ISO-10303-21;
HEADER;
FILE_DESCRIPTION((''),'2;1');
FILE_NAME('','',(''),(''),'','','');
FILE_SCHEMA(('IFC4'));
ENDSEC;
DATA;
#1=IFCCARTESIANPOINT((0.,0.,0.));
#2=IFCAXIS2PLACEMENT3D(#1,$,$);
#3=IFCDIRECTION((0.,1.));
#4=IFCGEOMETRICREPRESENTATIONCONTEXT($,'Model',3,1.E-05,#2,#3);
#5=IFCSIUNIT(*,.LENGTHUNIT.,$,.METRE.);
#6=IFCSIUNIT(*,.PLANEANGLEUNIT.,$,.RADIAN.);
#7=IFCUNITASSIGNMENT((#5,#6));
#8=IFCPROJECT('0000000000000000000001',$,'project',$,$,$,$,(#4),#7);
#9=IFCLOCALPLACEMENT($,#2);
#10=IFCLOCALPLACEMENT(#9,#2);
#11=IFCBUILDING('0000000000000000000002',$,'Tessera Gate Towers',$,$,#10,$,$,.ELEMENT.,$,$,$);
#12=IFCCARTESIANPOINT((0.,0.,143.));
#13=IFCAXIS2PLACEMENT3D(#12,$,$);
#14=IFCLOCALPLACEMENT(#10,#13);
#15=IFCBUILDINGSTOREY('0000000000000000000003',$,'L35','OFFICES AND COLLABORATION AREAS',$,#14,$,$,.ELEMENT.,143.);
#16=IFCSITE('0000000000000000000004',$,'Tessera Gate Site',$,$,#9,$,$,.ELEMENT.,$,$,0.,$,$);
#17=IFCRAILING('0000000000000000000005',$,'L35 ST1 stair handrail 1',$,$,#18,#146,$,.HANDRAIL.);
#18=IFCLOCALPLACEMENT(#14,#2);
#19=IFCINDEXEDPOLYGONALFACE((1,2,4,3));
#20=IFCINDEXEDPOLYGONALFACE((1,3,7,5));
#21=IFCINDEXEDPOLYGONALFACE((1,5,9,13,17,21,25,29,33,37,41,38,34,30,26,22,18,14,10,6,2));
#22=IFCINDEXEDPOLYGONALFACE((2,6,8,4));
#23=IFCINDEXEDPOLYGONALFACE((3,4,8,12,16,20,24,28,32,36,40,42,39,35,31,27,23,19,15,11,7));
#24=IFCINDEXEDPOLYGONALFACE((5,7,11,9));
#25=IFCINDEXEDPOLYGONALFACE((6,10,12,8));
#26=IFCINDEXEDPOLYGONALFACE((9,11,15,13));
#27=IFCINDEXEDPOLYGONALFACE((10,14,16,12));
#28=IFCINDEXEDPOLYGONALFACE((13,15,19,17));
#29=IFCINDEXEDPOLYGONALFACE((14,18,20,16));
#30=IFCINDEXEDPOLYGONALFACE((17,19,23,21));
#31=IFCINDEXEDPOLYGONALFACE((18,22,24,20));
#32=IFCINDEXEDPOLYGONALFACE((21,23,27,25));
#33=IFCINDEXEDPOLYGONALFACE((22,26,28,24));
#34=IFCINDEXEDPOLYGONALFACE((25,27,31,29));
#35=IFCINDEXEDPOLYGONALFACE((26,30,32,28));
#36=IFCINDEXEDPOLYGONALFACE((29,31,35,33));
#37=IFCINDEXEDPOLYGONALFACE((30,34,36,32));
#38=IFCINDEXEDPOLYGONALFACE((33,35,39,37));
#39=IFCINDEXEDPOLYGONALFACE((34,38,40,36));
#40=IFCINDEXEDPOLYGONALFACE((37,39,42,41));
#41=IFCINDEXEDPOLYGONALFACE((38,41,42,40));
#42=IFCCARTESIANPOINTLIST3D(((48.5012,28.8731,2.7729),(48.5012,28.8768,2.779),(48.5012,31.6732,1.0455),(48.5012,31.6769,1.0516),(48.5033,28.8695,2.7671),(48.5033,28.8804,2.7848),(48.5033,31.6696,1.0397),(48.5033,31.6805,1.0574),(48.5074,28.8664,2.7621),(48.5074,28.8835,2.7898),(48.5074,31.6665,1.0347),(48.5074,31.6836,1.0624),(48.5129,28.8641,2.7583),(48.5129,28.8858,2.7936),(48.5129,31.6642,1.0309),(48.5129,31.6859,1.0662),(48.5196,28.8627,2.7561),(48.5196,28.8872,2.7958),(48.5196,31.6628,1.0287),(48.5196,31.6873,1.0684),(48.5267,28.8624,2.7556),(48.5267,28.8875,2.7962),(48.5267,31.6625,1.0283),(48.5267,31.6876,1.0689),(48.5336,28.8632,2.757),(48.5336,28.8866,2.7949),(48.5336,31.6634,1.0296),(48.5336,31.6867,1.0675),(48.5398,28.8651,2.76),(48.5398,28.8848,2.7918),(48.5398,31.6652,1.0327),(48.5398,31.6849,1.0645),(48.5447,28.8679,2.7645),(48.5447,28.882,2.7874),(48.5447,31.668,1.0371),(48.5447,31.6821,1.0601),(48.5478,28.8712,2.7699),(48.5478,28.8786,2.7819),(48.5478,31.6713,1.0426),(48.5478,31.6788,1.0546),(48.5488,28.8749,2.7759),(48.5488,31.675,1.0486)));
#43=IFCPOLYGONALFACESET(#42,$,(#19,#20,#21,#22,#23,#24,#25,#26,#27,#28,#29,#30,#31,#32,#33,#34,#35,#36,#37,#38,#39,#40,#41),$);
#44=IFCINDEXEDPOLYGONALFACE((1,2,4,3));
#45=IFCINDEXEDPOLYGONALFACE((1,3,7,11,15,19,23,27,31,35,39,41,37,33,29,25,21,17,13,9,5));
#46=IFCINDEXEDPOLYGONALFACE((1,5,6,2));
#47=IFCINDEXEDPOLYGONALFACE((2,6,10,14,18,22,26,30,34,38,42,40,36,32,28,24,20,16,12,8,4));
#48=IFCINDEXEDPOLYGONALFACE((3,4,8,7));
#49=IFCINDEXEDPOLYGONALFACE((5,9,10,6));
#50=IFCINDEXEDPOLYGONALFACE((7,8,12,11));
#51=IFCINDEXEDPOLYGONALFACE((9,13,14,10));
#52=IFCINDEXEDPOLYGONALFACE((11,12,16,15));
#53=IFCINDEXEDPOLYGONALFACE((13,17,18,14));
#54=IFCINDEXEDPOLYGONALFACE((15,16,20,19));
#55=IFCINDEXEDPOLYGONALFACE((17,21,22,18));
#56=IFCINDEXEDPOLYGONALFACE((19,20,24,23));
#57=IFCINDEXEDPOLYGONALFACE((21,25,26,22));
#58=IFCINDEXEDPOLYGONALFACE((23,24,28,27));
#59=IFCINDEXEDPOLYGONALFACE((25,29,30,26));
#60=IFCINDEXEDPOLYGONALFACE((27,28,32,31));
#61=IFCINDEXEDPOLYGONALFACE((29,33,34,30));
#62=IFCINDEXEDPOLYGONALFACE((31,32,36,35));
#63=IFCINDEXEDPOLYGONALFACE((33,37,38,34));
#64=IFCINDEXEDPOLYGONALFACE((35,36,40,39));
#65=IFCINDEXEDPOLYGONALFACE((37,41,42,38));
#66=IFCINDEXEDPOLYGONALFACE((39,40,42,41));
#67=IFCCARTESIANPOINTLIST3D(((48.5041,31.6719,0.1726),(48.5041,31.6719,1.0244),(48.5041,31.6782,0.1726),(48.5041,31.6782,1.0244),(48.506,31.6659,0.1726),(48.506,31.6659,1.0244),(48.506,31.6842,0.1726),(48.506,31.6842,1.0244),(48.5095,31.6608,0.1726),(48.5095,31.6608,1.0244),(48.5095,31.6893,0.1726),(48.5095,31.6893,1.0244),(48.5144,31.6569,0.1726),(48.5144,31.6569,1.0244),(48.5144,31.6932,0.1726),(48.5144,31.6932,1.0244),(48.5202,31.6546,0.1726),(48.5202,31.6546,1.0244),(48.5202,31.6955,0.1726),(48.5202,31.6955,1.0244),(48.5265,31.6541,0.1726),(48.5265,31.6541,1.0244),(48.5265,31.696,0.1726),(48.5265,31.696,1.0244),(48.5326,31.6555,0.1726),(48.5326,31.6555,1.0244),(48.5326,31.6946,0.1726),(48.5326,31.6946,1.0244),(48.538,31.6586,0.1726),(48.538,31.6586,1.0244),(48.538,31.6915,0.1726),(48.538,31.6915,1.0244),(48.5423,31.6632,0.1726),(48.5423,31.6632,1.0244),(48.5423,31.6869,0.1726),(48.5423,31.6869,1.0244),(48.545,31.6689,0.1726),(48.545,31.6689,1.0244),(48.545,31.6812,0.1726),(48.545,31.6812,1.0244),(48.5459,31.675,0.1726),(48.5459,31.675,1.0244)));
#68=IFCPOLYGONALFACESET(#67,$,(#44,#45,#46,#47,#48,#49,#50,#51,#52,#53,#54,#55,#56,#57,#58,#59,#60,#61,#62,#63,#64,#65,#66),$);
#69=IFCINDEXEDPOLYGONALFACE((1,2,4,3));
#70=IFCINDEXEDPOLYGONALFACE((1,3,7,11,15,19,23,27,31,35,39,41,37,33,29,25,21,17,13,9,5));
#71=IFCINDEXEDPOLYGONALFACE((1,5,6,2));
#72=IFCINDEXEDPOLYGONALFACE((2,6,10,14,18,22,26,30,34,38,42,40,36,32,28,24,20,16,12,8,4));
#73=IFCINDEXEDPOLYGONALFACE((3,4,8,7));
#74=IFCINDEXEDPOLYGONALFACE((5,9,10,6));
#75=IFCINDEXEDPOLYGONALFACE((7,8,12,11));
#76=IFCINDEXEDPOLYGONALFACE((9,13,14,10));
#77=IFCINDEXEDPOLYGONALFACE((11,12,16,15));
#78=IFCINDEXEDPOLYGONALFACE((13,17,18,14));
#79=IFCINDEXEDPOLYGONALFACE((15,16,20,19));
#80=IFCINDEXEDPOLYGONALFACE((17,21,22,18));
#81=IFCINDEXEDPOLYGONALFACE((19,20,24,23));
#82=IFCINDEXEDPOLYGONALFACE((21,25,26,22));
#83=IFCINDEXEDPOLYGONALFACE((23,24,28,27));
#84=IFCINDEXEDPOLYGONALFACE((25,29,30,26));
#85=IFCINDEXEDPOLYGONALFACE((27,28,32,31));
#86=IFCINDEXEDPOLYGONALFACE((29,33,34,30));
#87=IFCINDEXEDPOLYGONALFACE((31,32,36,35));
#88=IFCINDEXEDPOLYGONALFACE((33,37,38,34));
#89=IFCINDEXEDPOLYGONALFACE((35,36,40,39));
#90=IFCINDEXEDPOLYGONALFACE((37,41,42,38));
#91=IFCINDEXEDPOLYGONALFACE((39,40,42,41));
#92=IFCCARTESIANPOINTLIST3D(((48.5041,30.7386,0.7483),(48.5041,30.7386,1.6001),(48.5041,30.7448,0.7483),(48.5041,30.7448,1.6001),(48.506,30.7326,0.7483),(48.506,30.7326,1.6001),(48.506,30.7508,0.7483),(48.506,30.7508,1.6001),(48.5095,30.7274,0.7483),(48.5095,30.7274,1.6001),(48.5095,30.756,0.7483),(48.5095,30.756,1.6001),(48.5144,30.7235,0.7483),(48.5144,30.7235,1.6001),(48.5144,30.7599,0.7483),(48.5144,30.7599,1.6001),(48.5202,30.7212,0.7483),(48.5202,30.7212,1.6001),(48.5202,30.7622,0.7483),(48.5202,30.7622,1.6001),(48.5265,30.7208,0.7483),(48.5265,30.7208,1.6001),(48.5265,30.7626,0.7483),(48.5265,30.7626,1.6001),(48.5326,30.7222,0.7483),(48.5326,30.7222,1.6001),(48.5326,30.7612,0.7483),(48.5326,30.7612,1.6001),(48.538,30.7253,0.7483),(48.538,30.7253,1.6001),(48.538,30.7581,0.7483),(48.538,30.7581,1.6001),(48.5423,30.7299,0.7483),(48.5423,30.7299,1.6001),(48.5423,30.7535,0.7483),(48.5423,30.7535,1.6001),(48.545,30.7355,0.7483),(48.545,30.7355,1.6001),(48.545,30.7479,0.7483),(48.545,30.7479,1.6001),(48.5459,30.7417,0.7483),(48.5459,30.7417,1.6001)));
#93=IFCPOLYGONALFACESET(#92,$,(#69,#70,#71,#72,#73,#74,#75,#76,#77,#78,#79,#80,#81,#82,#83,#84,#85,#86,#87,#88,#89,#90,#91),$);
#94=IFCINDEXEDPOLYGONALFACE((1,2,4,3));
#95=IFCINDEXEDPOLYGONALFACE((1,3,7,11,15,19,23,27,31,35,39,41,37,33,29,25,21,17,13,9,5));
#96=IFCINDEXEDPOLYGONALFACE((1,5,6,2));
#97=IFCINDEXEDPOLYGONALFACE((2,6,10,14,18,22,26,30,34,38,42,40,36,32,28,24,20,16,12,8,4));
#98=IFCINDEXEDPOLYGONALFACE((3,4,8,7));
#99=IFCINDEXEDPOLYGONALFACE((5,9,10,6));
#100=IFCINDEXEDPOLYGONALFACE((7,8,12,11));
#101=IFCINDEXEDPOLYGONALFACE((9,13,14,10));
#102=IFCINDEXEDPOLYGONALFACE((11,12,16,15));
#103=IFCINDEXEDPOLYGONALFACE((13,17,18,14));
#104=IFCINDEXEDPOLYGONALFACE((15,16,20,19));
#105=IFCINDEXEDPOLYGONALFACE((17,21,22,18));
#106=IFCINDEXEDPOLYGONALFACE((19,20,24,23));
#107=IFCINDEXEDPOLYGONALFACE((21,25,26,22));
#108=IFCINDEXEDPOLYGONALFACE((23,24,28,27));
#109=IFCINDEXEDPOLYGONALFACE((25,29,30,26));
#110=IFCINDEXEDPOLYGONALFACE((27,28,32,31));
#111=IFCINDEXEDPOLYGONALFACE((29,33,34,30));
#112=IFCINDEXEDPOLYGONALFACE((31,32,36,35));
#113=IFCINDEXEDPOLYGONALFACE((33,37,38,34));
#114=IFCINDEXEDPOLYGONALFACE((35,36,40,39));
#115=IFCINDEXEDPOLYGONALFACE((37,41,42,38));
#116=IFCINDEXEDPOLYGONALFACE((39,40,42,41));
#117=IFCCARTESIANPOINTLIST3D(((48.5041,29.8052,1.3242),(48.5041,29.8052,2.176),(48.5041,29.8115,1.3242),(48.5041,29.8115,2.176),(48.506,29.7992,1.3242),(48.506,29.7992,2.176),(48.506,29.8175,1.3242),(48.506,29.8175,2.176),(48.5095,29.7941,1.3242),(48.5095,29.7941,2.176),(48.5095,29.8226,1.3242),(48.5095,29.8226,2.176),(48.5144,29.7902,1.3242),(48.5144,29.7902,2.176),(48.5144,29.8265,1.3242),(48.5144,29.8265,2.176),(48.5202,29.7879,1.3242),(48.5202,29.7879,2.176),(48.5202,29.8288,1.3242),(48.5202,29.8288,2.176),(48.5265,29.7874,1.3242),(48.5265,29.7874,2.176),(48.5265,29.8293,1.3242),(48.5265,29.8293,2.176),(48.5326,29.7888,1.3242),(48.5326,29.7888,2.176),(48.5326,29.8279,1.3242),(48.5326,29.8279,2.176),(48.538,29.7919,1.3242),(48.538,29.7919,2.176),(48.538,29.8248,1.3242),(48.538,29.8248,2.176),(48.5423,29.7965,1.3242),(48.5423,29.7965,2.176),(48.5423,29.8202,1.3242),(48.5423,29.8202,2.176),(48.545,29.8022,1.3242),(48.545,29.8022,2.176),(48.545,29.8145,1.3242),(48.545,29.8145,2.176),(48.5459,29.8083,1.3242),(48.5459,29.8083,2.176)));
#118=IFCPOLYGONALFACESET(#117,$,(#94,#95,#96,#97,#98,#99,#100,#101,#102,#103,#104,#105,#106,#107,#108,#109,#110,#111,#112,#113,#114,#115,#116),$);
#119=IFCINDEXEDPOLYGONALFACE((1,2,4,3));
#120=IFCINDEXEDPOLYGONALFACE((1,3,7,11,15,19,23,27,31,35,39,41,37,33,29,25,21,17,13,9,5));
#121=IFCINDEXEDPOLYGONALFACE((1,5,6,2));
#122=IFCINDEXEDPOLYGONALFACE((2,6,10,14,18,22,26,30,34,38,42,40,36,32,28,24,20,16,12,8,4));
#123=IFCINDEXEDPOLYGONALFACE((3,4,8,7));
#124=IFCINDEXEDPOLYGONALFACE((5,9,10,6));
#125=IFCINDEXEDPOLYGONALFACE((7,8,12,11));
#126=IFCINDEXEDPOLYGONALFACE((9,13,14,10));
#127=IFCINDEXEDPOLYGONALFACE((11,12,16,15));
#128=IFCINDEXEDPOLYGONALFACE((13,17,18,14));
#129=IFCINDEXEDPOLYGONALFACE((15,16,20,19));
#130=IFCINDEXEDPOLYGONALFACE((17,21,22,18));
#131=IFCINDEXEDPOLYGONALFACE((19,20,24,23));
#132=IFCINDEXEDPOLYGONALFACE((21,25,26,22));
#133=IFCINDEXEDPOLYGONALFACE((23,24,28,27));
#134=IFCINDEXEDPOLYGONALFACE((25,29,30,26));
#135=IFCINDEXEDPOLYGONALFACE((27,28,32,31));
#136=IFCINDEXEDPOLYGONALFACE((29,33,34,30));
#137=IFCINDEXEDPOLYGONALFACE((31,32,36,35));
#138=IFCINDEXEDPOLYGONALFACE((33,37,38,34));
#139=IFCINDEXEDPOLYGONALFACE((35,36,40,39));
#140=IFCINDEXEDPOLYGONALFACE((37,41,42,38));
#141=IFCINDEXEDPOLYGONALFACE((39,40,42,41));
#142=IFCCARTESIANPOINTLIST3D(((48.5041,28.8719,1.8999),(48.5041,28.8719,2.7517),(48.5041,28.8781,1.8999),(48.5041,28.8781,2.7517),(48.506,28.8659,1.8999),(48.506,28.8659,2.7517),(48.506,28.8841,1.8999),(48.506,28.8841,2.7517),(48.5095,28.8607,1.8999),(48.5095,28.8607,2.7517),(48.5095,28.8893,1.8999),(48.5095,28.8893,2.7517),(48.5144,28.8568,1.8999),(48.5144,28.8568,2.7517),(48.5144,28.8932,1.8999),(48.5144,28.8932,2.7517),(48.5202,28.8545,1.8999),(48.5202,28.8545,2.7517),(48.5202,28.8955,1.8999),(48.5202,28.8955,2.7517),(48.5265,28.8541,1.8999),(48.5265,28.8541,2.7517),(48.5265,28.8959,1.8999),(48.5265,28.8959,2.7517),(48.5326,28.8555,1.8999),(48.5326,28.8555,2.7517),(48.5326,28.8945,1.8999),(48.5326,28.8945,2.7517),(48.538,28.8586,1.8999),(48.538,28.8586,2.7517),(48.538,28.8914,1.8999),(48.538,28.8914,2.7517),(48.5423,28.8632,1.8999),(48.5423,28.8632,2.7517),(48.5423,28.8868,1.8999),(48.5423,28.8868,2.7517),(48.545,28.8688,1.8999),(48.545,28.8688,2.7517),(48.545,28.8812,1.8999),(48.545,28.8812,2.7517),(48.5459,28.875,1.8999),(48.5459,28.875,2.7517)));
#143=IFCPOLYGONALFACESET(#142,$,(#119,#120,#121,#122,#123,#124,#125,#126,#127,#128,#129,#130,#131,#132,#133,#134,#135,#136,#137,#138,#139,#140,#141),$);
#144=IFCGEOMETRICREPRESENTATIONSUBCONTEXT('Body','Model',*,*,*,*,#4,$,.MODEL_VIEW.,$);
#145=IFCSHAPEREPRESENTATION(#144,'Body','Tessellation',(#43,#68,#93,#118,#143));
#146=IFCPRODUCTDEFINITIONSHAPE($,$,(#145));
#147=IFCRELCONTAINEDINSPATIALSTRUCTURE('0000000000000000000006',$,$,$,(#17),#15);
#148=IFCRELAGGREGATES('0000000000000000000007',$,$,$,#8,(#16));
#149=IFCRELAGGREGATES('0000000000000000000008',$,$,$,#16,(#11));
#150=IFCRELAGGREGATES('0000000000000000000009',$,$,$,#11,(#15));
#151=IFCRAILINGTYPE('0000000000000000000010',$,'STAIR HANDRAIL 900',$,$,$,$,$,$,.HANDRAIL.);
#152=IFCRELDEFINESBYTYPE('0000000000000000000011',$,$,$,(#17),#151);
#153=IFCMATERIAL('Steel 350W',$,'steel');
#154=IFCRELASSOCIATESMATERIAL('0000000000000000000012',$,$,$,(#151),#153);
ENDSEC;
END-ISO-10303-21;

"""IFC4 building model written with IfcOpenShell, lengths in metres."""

from ifc_helpers import new_model, si_unit, direction, frame, origin, origin_2d, place, context, subcontext, project, spatial, circle, extrude, material, type_object, element, save


model = new_model("IFC4")

# Units and contexts
model_context = context("Model", 3, precision=1e-05, world=origin(), true_north=direction((0.0, 1.0)))
body_context = subcontext(model_context, "Body", "Model", "MODEL_VIEW")
ifc_project = project(units=[si_unit("LENGTHUNIT", "METRE"), si_unit("PLANEANGLEUNIT", "RADIAN")], contexts=[model_context])

# Site, building, storey
site_placement = place(None, origin())
site = spatial("IfcSite", under=ifc_project, at=site_placement, Name="Tessera Gate Site", CompositionType="ELEMENT", RefElevation=0.0)
building_placement = place(site_placement, origin())
building = spatial("IfcBuilding", under=site, at=building_placement, Name="Tessera Gate Towers", CompositionType="ELEMENT")
storey_placement = place(building_placement, frame((0.0, 0.0, 143.0)))
storey = spatial("IfcBuildingStorey", under=building, at=storey_placement, Name="L35", Description="OFFICES AND COLLABORATION AREAS", CompositionType="ELEMENT", Elevation=143.0)

# Railing
ifc_material_1 = material(Name="Steel 350W", Category="steel")
railing_type = type_object("IfcRailingType", Name="STAIR HANDRAIL 900", PredefinedType="HANDRAIL", material=ifc_material_1)
railing_placement = place(storey_placement, frame((48.5249, 31.675, 0.1726)))
element("IfcRailing", 1, at=railing_placement, inside=storey, type_object=railing_type, Name="L35 ST1 stair handrail 1", PredefinedType="HANDRAIL", context=body_context, shape_type="SweptSolid", body=[
    extrude(circle(Radius=0.0239, at=origin_2d()), frame((0.0, 0.0, 0.876), z_axis=(0.0, -0.85109, 0.52502), x_axis=(1.0, 0.0, 0.0)), (0.0, 0.0, 1.0), 3.29),
    extrude(circle(Radius=0.021, at=origin_2d()), origin(), (0.0, 0.0, 1.0), 0.8518),
    extrude(circle(Radius=0.021, at=origin_2d()), frame((0.0, -0.9333, 0.5757)), (0.0, 0.0, 1.0), 0.8518),
    extrude(circle(Radius=0.021, at=origin_2d()), frame((0.0, -1.8667, 1.1516)), (0.0, 0.0, 1.0), 0.8518),
    extrude(circle(Radius=0.021, at=origin_2d()), frame((0.0, -2.8, 1.7273)), (0.0, 0.0, 1.0), 0.8518),
])

save(model, "model.ifc")
